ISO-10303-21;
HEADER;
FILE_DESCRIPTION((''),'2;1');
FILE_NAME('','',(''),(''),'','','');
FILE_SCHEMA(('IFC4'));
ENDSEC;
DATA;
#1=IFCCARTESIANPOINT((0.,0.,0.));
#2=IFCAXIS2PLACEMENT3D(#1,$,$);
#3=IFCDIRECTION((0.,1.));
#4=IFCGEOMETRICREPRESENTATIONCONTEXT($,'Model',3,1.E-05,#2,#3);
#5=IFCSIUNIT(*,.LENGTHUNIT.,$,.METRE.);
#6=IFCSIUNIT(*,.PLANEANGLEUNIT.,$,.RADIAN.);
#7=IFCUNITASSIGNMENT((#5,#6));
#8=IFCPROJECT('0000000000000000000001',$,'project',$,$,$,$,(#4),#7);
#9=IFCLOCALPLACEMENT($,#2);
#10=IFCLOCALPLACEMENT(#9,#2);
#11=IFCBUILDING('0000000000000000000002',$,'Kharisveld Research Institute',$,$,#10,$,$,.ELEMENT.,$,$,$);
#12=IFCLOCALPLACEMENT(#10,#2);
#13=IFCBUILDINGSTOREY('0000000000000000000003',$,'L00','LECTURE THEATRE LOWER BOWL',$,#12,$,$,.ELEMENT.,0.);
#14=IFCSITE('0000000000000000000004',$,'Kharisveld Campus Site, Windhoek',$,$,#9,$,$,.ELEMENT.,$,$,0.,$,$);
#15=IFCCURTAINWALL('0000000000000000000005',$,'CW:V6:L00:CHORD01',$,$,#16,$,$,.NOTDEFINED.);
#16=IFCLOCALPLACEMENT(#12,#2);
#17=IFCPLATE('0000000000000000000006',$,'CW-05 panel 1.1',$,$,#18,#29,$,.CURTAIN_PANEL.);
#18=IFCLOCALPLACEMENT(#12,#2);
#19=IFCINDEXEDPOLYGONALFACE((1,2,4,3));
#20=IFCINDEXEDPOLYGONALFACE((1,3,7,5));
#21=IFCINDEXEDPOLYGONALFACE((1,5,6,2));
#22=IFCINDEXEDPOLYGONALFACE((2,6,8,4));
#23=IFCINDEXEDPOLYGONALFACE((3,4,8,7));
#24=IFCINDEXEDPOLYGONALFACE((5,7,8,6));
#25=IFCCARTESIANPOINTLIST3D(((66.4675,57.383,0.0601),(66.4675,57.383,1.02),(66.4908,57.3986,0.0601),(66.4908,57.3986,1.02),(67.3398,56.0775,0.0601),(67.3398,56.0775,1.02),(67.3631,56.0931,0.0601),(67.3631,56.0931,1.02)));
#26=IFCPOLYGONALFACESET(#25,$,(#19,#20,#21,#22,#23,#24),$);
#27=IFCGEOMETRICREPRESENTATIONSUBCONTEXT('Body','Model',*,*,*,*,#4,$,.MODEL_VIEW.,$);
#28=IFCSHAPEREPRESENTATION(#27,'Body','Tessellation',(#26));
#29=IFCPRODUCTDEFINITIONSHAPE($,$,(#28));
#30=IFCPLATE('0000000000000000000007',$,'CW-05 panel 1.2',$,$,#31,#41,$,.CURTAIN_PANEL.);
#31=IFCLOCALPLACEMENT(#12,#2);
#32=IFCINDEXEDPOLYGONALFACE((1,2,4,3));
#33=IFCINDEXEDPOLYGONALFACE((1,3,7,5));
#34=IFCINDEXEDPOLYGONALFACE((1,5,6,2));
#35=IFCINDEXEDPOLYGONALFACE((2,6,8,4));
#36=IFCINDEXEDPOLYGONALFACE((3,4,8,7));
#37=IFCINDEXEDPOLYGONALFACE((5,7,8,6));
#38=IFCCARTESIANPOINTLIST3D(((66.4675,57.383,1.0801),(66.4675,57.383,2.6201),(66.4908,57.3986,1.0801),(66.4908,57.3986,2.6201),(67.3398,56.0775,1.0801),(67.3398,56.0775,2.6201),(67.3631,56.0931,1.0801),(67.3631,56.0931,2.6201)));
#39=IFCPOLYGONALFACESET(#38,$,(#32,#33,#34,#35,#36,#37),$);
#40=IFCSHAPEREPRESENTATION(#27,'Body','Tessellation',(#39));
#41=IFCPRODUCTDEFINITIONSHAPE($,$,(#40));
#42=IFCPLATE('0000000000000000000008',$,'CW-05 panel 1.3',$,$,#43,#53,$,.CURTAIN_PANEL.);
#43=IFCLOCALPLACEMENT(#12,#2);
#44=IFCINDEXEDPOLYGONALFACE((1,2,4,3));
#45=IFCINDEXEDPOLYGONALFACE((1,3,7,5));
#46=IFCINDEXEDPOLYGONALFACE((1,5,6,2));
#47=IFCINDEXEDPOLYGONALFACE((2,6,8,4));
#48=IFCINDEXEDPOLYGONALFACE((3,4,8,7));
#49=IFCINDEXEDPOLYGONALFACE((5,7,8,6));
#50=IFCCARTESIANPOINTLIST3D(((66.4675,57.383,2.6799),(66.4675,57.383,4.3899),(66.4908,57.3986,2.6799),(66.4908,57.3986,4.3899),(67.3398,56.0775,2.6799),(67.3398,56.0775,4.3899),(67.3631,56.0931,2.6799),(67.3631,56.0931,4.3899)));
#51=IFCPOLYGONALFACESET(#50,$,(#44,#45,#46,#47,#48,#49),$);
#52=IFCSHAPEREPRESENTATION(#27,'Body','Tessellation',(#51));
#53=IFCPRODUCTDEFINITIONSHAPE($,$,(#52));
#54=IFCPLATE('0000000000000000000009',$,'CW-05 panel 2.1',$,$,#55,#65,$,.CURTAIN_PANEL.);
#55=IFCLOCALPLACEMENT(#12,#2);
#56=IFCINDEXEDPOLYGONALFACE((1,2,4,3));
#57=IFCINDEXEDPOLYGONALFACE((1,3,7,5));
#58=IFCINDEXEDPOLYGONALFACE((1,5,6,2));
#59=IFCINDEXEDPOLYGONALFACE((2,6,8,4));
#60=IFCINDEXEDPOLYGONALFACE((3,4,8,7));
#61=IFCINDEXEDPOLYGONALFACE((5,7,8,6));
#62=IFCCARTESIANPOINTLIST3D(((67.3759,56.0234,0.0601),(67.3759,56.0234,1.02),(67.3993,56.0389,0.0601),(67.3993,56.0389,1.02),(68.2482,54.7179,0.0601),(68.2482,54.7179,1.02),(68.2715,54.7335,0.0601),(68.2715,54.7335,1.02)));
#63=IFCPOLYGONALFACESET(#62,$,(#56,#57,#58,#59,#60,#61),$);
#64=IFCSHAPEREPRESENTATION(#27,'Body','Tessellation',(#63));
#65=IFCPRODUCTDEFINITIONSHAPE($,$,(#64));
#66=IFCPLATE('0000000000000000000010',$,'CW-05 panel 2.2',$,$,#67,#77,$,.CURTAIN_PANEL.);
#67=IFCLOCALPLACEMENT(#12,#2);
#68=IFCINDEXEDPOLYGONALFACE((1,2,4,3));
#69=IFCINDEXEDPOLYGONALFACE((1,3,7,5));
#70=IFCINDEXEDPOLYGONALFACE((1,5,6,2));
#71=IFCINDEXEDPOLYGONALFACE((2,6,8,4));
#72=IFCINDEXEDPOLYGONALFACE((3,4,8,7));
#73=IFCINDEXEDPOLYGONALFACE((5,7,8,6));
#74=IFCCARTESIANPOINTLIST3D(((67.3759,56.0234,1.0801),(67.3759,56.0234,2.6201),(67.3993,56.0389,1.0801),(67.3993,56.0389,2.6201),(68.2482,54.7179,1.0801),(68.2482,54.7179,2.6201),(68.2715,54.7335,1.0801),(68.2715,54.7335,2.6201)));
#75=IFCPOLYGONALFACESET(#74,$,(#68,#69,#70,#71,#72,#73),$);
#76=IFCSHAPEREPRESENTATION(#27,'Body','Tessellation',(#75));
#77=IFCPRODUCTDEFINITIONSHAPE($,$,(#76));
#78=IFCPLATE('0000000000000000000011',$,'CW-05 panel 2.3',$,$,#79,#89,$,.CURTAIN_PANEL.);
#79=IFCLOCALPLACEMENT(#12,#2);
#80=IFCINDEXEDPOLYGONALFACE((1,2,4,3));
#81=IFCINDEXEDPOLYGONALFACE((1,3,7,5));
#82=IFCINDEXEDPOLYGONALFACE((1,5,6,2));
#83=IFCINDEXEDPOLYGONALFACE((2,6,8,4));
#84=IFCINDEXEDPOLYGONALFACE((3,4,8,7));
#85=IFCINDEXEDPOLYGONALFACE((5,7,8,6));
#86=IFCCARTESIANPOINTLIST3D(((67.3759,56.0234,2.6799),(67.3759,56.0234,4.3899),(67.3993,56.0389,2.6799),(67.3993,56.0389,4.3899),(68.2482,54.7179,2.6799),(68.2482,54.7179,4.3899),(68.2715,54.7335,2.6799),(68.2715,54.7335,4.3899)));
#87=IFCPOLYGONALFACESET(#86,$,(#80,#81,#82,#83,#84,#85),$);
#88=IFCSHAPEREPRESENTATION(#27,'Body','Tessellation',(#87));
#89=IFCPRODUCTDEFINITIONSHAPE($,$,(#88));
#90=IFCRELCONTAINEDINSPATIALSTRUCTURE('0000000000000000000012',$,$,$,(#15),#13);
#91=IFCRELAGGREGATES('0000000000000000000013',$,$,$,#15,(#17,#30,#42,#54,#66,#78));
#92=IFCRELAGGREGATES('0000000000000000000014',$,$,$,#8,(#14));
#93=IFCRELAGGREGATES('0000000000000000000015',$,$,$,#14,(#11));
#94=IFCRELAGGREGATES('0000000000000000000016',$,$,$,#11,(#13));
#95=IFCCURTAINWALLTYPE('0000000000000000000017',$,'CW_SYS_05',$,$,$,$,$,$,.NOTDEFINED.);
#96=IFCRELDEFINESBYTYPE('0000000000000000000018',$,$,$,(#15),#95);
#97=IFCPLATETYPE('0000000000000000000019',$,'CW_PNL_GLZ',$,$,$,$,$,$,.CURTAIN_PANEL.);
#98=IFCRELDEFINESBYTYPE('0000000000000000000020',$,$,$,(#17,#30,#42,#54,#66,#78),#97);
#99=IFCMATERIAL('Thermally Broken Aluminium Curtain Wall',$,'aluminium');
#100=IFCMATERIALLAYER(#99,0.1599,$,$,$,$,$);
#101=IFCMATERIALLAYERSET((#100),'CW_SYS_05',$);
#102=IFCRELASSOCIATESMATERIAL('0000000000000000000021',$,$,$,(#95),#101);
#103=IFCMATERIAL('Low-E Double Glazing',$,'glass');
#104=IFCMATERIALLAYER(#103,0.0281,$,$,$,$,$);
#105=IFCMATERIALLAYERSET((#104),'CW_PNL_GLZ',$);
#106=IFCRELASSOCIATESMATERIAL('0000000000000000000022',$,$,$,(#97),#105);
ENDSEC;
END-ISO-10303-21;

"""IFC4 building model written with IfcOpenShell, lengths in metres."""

from ifc_helpers import new_model, si_unit, direction, frame, origin, origin_2d, place, context, subcontext, project, spatial, rectangle, extrude, material, layer, layer_set, type_object, element, aggregate, save


model = new_model("IFC4")

# Units and contexts
model_context = context("Model", 3, precision=1e-05, world=origin(), true_north=direction((0.0, 1.0)))
body_context = subcontext(model_context, "Body", "Model", "MODEL_VIEW")
ifc_project = project(units=[si_unit("LENGTHUNIT", "METRE"), si_unit("PLANEANGLEUNIT", "RADIAN")], contexts=[model_context])

# Site, building, storey
site_placement = place(None, origin())
site = spatial("IfcSite", under=ifc_project, at=site_placement, Name="Kharisveld Campus Site, Windhoek", CompositionType="ELEMENT", RefElevation=0.0)
building_placement = place(site_placement, origin())
building = spatial("IfcBuilding", under=site, at=building_placement, Name="Kharisveld Research Institute", CompositionType="ELEMENT")
storey_placement = place(building_placement, origin())
storey = spatial("IfcBuildingStorey", under=building, at=storey_placement, Name="L00", Description="LECTURE THEATRE LOWER BOWL", CompositionType="ELEMENT", Elevation=0.0)

# Curtain wall
ifc_material_1 = material(Name="Thermally Broken Aluminium Curtain Wall", Category="aluminium")
ifc_layer_1 = layer(ifc_material_1, 0.1599)
ifc_layer_set_1 = layer_set([ifc_layer_1], Name="CW_SYS_05")
curtain_wall_type = type_object("IfcCurtainWallType", Name="CW_SYS_05", PredefinedType="NOTDEFINED", material=ifc_layer_set_1)
curtain_wall_1_placement = place(storey_placement, origin())
curtain_wall_1 = element("IfcCurtainWall", 1, at=curtain_wall_1_placement, inside=storey, type_object=curtain_wall_type, Name="CW:V6:L00:CHORD01", PredefinedType="NOTDEFINED")

# Plates
ifc_material_2 = material(Name="Low-E Double Glazing", Category="glass")
ifc_layer_2 = layer(ifc_material_2, 0.0281)
ifc_layer_set_2 = layer_set([ifc_layer_2], Name="CW_PNL_GLZ")
plate_type = type_object("IfcPlateType", Name="CW_PNL_GLZ", PredefinedType="CURTAIN_PANEL", material=ifc_layer_set_2)
plate_1_placement = place(storey_placement, frame((66.9153, 56.738, 0.0601), z_axis=(0.0, 0.0, 1.0), x_axis=(0.55557, -0.83147, 0.0)))
plate_1 = element("IfcPlate", 2, at=plate_1_placement, type_object=plate_type, Name="CW-05 panel 1.1", PredefinedType="CURTAIN_PANEL", context=body_context, shape_type="SweptSolid", body=[
    extrude(rectangle(XDim=1.5701, YDim=0.0281, at=origin_2d()), origin(), (0.0, 0.0, 1.0), 0.96),
])
plate_2_placement = place(storey_placement, frame((66.9153, 56.738, 1.0801), z_axis=(0.0, 0.0, 1.0), x_axis=(0.55557, -0.83147, 0.0)))
plate_2 = element("IfcPlate", 3, at=plate_2_placement, type_object=plate_type, Name="CW-05 panel 1.2", PredefinedType="CURTAIN_PANEL", context=body_context, shape_type="SweptSolid", body=[
    extrude(rectangle(XDim=1.5701, YDim=0.0281, at=origin_2d()), origin(), (0.0, 0.0, 1.0), 1.54),
])
plate_3_placement = place(storey_placement, frame((66.9153, 56.738, 2.6799), z_axis=(0.0, 0.0, 1.0), x_axis=(0.55557, -0.83147, 0.0)))
plate_3 = element("IfcPlate", 4, at=plate_3_placement, type_object=plate_type, Name="CW-05 panel 1.3", PredefinedType="CURTAIN_PANEL", context=body_context, shape_type="SweptSolid", body=[
    extrude(rectangle(XDim=1.5701, YDim=0.0281, at=origin_2d()), origin(), (0.0, 0.0, 1.0), 1.71),
])
plate_4_placement = place(storey_placement, frame((67.8237, 55.3784, 0.0601), z_axis=(0.0, 0.0, 1.0), x_axis=(0.55557, -0.83147, 0.0)))
plate_4 = element("IfcPlate", 5, at=plate_4_placement, type_object=plate_type, Name="CW-05 panel 2.1", PredefinedType="CURTAIN_PANEL", context=body_context, shape_type="SweptSolid", body=[
    extrude(rectangle(XDim=1.5701, YDim=0.0281, at=origin_2d()), origin(), (0.0, 0.0, 1.0), 0.96),
])
plate_5_placement = place(storey_placement, frame((67.8237, 55.3784, 1.0801), z_axis=(0.0, 0.0, 1.0), x_axis=(0.55557, -0.83147, 0.0)))
plate_5 = element("IfcPlate", 6, at=plate_5_placement, type_object=plate_type, Name="CW-05 panel 2.2", PredefinedType="CURTAIN_PANEL", context=body_context, shape_type="SweptSolid", body=[
    extrude(rectangle(XDim=1.5701, YDim=0.0281, at=origin_2d()), origin(), (0.0, 0.0, 1.0), 1.54),
])
plate_6_placement = place(storey_placement, frame((67.8237, 55.3784, 2.6799), z_axis=(0.0, 0.0, 1.0), x_axis=(0.55557, -0.83147, 0.0)))
plate_6 = element("IfcPlate", 7, at=plate_6_placement, type_object=plate_type, Name="CW-05 panel 2.3", PredefinedType="CURTAIN_PANEL", context=body_context, shape_type="SweptSolid", body=[
    extrude(rectangle(XDim=1.5701, YDim=0.0281, at=origin_2d()), origin(), (0.0, 0.0, 1.0), 1.71),
])
aggregate(curtain_wall_1, [plate_1, plate_2, plate_3, plate_4, plate_5, plate_6])

save(model, "model.ifc")
